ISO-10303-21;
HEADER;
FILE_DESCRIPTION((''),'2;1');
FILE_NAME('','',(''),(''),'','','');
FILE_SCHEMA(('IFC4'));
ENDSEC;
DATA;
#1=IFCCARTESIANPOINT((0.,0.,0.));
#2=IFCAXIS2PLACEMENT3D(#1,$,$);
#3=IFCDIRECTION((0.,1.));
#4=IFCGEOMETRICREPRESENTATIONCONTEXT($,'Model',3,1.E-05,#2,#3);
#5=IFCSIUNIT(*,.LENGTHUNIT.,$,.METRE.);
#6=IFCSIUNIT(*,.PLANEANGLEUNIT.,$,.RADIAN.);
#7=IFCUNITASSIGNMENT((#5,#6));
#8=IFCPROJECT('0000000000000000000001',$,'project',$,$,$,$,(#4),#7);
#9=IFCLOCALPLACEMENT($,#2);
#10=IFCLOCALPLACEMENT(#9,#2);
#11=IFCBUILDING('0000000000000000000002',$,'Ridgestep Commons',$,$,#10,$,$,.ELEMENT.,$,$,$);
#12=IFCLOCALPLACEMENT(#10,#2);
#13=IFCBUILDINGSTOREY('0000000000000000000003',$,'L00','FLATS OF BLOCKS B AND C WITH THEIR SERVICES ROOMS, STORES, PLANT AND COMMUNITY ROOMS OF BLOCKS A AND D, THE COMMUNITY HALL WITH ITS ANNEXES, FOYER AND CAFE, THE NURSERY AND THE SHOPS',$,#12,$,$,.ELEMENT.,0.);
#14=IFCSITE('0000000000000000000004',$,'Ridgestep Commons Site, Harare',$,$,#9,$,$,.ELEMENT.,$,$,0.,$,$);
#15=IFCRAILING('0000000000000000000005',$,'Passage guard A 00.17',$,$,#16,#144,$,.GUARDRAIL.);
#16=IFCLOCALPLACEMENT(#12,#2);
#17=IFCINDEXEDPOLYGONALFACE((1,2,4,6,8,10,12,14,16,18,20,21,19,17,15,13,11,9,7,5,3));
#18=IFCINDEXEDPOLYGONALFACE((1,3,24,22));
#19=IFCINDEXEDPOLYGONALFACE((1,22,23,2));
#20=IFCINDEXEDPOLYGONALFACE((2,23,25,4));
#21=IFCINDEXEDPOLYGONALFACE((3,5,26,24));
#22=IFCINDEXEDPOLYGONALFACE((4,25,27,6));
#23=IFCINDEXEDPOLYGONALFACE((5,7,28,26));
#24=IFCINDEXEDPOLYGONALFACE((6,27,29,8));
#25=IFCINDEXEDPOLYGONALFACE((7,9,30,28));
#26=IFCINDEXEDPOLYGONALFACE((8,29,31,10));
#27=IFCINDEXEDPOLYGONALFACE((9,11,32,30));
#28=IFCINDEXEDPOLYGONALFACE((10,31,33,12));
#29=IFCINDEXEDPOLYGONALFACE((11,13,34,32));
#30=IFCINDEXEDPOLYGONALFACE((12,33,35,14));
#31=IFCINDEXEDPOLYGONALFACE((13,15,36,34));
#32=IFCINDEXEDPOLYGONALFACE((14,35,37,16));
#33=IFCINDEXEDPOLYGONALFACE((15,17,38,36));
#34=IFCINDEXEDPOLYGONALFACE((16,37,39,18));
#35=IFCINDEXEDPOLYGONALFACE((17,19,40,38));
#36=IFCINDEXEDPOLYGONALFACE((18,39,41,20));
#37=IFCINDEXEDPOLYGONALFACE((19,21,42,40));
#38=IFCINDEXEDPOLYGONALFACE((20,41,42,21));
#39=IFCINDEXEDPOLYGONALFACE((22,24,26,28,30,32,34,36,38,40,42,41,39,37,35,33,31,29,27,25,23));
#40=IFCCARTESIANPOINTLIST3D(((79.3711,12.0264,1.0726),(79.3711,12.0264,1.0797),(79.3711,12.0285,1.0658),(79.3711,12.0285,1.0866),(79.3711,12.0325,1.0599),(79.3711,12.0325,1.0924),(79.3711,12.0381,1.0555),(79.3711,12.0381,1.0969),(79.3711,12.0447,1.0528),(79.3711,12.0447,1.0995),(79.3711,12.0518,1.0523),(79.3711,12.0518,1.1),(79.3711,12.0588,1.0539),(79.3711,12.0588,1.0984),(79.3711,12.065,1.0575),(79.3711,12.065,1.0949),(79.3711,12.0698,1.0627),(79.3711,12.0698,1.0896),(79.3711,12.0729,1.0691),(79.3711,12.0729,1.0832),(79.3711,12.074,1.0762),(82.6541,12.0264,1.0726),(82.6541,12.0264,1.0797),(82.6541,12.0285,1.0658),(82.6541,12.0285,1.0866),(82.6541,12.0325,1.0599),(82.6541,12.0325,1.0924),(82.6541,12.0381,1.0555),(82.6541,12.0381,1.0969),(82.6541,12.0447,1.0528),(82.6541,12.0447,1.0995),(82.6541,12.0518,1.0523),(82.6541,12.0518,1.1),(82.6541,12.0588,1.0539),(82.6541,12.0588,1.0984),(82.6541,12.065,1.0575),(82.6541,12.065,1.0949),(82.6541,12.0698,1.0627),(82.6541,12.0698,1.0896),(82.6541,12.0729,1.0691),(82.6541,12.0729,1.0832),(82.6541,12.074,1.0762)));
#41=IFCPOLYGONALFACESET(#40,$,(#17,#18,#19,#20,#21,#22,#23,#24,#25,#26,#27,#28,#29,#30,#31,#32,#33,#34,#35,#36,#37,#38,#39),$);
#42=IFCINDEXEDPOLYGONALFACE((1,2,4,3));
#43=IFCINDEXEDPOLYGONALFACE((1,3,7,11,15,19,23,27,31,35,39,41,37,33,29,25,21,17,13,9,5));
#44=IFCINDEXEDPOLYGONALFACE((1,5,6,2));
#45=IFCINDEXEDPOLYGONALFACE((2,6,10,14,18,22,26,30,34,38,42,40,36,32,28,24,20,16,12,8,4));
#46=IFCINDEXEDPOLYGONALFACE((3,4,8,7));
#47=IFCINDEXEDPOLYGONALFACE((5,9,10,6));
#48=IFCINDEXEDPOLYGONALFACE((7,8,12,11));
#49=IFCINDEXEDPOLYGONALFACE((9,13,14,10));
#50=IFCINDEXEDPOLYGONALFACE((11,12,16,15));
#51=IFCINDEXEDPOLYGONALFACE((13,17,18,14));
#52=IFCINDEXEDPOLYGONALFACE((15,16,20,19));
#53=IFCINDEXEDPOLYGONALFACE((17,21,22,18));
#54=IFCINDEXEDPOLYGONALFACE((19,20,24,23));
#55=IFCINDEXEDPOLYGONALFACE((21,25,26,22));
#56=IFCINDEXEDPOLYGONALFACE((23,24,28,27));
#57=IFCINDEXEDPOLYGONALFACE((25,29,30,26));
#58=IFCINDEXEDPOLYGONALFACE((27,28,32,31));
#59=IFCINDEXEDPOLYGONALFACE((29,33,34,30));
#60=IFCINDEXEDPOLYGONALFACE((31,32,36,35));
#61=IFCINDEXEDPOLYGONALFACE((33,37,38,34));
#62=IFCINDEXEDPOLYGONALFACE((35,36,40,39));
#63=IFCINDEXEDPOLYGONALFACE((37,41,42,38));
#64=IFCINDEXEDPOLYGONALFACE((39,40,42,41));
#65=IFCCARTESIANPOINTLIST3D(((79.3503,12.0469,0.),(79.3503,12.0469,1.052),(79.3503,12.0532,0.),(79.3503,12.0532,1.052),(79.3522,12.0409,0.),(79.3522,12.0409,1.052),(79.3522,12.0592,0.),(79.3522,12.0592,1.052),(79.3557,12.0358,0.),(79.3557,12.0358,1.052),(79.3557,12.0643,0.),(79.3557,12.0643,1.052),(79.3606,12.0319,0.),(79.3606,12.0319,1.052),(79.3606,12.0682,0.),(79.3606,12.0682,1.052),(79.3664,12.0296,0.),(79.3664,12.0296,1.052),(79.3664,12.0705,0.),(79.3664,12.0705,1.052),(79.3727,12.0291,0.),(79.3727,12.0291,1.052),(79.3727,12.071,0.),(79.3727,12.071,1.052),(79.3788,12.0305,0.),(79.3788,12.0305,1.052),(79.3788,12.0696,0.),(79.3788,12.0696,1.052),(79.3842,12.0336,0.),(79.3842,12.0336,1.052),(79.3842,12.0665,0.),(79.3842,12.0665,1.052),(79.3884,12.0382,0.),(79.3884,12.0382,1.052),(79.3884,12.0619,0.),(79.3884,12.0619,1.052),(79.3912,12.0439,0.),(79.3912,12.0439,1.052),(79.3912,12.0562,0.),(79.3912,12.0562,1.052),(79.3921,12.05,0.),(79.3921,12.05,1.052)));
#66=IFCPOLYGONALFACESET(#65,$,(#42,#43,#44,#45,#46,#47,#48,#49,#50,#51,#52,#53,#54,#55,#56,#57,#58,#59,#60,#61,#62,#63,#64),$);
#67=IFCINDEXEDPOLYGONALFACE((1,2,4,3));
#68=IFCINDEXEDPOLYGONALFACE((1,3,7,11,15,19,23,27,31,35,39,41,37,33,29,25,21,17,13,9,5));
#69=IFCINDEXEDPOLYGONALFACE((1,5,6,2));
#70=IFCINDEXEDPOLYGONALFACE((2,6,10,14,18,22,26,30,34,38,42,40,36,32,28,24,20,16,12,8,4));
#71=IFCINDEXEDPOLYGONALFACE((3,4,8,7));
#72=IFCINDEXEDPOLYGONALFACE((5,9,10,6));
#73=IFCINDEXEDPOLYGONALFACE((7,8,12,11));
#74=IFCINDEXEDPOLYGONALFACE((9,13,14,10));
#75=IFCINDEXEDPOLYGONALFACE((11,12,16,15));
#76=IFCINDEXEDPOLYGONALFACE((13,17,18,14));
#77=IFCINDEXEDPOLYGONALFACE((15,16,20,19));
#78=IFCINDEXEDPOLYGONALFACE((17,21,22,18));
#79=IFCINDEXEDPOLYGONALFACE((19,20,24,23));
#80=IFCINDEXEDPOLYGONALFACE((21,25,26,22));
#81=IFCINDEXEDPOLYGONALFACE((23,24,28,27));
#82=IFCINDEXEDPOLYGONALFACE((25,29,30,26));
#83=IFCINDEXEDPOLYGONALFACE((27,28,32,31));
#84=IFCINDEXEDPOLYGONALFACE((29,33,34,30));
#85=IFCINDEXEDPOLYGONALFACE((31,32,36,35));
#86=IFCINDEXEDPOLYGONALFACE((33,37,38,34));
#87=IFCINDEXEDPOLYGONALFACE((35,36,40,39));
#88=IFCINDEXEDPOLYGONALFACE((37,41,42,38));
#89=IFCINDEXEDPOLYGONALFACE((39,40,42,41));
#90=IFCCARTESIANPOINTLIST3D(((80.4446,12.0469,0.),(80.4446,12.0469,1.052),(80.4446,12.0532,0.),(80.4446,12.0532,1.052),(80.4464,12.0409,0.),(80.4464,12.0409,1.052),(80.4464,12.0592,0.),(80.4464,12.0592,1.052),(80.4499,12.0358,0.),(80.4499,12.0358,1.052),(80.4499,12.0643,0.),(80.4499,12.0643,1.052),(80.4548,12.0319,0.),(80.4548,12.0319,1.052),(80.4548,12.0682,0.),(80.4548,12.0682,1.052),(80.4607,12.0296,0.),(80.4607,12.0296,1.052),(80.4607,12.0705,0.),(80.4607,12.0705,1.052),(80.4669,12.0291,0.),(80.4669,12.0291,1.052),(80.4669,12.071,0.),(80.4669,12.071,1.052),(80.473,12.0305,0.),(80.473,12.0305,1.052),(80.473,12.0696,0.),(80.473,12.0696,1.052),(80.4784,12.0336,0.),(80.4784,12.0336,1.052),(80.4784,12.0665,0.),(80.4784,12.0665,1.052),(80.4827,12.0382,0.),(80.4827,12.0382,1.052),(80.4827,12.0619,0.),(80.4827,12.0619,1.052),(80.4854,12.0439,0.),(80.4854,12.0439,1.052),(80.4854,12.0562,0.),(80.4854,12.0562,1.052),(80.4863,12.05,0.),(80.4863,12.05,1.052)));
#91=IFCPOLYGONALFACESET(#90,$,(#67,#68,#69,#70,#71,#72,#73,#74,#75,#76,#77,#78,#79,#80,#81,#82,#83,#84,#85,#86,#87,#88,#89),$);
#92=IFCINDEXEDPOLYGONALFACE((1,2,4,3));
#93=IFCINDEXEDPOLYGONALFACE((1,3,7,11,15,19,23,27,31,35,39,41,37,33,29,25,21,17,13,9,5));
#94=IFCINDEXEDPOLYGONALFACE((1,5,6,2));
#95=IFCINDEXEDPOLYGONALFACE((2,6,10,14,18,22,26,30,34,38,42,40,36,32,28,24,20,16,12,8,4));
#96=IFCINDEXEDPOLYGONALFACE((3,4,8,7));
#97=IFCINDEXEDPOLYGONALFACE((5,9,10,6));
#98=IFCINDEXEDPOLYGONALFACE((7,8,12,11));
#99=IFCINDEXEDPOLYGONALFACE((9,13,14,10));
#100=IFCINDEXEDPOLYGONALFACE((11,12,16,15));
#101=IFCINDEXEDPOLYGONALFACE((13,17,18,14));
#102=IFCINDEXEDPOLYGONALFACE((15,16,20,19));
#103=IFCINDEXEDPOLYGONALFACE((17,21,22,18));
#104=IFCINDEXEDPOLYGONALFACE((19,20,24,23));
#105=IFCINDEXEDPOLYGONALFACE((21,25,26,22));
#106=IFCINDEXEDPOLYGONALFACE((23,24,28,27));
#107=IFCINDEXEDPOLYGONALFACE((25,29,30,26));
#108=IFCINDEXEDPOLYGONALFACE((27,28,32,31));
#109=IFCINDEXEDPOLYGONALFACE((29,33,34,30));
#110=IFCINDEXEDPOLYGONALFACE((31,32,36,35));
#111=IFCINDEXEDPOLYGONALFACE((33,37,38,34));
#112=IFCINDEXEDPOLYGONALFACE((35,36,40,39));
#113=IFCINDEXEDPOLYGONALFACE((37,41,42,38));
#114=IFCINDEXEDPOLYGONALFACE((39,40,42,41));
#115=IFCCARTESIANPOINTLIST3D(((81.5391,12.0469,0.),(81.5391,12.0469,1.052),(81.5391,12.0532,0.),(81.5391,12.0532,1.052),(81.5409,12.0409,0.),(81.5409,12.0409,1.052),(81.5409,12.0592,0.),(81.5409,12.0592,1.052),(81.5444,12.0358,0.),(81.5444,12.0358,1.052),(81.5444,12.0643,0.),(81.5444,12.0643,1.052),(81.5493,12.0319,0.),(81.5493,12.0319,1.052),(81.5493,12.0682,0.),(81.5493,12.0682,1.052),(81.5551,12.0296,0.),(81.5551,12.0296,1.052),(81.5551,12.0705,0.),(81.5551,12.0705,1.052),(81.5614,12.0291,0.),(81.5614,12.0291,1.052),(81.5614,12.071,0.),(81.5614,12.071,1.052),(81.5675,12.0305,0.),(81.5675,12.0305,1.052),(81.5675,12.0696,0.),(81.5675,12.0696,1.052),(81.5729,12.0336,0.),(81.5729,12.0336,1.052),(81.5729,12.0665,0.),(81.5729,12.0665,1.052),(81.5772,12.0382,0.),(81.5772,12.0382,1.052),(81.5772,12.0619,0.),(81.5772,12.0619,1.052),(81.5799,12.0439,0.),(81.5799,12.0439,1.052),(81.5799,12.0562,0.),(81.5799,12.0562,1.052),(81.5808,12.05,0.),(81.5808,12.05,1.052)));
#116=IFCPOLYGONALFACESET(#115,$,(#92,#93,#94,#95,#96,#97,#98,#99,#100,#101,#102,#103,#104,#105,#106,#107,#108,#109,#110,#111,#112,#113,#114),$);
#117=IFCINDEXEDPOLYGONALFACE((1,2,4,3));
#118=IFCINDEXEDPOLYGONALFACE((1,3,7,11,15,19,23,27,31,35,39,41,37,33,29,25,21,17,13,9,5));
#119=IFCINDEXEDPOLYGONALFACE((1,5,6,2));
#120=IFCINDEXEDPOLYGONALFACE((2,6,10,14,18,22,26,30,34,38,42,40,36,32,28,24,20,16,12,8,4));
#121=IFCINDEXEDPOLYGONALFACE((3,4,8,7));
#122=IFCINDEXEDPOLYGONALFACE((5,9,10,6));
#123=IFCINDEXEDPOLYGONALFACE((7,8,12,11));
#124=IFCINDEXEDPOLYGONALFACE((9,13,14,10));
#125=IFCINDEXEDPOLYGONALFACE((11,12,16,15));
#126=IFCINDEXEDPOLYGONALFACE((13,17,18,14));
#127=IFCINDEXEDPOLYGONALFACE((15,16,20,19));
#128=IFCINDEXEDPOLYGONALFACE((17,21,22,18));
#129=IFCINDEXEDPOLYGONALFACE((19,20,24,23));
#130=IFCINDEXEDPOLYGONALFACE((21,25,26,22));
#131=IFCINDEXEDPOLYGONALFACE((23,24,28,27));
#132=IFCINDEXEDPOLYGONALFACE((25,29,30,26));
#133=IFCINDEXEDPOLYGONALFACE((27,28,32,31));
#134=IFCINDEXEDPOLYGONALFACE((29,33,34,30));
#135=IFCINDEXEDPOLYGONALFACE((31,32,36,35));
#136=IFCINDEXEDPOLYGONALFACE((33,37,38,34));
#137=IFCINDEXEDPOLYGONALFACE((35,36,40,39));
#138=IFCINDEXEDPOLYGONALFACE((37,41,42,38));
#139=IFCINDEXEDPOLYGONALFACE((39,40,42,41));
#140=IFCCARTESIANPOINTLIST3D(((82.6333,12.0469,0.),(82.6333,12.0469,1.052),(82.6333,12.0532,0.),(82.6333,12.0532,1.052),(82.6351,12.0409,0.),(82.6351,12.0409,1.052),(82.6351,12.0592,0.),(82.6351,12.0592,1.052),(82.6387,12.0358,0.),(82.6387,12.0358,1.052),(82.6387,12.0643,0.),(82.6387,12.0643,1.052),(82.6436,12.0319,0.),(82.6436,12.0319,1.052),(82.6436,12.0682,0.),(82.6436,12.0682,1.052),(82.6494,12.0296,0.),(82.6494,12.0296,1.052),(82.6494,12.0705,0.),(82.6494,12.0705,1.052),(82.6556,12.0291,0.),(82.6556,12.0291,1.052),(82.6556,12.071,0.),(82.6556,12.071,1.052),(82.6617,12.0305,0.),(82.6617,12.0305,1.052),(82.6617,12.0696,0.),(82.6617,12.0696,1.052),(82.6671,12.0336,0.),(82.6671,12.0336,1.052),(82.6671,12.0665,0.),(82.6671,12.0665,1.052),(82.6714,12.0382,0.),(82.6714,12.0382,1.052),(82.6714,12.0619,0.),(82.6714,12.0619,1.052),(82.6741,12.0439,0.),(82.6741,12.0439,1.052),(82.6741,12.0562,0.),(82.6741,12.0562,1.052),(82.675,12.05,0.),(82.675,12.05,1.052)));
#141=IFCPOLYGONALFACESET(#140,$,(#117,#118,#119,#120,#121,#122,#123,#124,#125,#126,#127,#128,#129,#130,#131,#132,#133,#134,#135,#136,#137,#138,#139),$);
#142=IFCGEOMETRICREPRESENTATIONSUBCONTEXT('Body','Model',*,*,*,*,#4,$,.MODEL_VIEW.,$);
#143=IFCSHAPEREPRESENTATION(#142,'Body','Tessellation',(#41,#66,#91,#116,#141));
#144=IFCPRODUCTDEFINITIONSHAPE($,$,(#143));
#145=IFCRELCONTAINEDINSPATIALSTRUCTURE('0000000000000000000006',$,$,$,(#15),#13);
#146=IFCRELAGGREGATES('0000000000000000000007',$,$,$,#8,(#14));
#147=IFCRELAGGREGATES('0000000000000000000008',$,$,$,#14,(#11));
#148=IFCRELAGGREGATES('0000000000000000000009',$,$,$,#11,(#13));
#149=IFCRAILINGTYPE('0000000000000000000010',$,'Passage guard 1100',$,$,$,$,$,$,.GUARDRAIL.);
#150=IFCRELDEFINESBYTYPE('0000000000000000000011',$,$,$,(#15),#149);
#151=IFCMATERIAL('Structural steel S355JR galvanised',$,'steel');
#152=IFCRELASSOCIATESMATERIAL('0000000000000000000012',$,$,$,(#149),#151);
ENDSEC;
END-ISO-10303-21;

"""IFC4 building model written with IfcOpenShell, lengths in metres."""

from ifc_helpers import new_model, si_unit, direction, frame, origin, origin_2d, place, context, subcontext, project, spatial, circle, extrude, material, type_object, element, save


model = new_model("IFC4")

# Units and contexts
model_context = context("Model", 3, precision=1e-05, world=origin(), true_north=direction((0.0, 1.0)))
body_context = subcontext(model_context, "Body", "Model", "MODEL_VIEW")
ifc_project = project(units=[si_unit("LENGTHUNIT", "METRE"), si_unit("PLANEANGLEUNIT", "RADIAN")], contexts=[model_context])

# Site, building, storey
site_placement = place(None, origin())
site = spatial("IfcSite", under=ifc_project, at=site_placement, Name="Ridgestep Commons Site, Harare", CompositionType="ELEMENT", RefElevation=0.0)
building_placement = place(site_placement, origin())
building = spatial("IfcBuilding", under=site, at=building_placement, Name="Ridgestep Commons", CompositionType="ELEMENT")
storey_placement = place(building_placement, origin())
storey = spatial("IfcBuildingStorey", under=building, at=storey_placement, Name="L00", Description="FLATS OF BLOCKS B AND C WITH THEIR SERVICES ROOMS, STORES, PLANT AND COMMUNITY ROOMS OF BLOCKS A AND D, THE COMMUNITY HALL WITH ITS ANNEXES, FOYER AND CAFE, THE NURSERY AND THE SHOPS", CompositionType="ELEMENT", Elevation=0.0)

# Railing
ifc_material_1 = material(Name="Structural steel S355JR galvanised", Category="steel")
railing_type = type_object("IfcRailingType", Name="Passage guard 1100", PredefinedType="GUARDRAIL", material=ifc_material_1)
railing_1_placement = place(storey_placement, frame((79.3711, 12.05, 0.0)))
element("IfcRailing", 1, at=railing_1_placement, inside=storey, type_object=railing_type, Name="Passage guard A 00.17", PredefinedType="GUARDRAIL", context=body_context, shape_type="SweptSolid", body=[
    extrude(circle(Radius=0.0239, at=origin_2d()), frame((0.0, 0.0, 1.0762), z_axis=(1.0, 0.0, 0.0), x_axis=(0.0, 1.0, 0.0)), (0.0, 0.0, 1.0), 3.283),
    extrude(circle(Radius=0.021, at=origin_2d()), origin(), (0.0, 0.0, 1.0), 1.052),
    extrude(circle(Radius=0.021, at=origin_2d()), frame((1.0942, 0.0, 0.0)), (0.0, 0.0, 1.0), 1.052),
    extrude(circle(Radius=0.021, at=origin_2d()), frame((2.1887, 0.0, 0.0)), (0.0, 0.0, 1.0), 1.052),
    extrude(circle(Radius=0.021, at=origin_2d()), frame((3.283, 0.0, 0.0)), (0.0, 0.0, 1.0), 1.052),
])

save(model, "model.ifc")
